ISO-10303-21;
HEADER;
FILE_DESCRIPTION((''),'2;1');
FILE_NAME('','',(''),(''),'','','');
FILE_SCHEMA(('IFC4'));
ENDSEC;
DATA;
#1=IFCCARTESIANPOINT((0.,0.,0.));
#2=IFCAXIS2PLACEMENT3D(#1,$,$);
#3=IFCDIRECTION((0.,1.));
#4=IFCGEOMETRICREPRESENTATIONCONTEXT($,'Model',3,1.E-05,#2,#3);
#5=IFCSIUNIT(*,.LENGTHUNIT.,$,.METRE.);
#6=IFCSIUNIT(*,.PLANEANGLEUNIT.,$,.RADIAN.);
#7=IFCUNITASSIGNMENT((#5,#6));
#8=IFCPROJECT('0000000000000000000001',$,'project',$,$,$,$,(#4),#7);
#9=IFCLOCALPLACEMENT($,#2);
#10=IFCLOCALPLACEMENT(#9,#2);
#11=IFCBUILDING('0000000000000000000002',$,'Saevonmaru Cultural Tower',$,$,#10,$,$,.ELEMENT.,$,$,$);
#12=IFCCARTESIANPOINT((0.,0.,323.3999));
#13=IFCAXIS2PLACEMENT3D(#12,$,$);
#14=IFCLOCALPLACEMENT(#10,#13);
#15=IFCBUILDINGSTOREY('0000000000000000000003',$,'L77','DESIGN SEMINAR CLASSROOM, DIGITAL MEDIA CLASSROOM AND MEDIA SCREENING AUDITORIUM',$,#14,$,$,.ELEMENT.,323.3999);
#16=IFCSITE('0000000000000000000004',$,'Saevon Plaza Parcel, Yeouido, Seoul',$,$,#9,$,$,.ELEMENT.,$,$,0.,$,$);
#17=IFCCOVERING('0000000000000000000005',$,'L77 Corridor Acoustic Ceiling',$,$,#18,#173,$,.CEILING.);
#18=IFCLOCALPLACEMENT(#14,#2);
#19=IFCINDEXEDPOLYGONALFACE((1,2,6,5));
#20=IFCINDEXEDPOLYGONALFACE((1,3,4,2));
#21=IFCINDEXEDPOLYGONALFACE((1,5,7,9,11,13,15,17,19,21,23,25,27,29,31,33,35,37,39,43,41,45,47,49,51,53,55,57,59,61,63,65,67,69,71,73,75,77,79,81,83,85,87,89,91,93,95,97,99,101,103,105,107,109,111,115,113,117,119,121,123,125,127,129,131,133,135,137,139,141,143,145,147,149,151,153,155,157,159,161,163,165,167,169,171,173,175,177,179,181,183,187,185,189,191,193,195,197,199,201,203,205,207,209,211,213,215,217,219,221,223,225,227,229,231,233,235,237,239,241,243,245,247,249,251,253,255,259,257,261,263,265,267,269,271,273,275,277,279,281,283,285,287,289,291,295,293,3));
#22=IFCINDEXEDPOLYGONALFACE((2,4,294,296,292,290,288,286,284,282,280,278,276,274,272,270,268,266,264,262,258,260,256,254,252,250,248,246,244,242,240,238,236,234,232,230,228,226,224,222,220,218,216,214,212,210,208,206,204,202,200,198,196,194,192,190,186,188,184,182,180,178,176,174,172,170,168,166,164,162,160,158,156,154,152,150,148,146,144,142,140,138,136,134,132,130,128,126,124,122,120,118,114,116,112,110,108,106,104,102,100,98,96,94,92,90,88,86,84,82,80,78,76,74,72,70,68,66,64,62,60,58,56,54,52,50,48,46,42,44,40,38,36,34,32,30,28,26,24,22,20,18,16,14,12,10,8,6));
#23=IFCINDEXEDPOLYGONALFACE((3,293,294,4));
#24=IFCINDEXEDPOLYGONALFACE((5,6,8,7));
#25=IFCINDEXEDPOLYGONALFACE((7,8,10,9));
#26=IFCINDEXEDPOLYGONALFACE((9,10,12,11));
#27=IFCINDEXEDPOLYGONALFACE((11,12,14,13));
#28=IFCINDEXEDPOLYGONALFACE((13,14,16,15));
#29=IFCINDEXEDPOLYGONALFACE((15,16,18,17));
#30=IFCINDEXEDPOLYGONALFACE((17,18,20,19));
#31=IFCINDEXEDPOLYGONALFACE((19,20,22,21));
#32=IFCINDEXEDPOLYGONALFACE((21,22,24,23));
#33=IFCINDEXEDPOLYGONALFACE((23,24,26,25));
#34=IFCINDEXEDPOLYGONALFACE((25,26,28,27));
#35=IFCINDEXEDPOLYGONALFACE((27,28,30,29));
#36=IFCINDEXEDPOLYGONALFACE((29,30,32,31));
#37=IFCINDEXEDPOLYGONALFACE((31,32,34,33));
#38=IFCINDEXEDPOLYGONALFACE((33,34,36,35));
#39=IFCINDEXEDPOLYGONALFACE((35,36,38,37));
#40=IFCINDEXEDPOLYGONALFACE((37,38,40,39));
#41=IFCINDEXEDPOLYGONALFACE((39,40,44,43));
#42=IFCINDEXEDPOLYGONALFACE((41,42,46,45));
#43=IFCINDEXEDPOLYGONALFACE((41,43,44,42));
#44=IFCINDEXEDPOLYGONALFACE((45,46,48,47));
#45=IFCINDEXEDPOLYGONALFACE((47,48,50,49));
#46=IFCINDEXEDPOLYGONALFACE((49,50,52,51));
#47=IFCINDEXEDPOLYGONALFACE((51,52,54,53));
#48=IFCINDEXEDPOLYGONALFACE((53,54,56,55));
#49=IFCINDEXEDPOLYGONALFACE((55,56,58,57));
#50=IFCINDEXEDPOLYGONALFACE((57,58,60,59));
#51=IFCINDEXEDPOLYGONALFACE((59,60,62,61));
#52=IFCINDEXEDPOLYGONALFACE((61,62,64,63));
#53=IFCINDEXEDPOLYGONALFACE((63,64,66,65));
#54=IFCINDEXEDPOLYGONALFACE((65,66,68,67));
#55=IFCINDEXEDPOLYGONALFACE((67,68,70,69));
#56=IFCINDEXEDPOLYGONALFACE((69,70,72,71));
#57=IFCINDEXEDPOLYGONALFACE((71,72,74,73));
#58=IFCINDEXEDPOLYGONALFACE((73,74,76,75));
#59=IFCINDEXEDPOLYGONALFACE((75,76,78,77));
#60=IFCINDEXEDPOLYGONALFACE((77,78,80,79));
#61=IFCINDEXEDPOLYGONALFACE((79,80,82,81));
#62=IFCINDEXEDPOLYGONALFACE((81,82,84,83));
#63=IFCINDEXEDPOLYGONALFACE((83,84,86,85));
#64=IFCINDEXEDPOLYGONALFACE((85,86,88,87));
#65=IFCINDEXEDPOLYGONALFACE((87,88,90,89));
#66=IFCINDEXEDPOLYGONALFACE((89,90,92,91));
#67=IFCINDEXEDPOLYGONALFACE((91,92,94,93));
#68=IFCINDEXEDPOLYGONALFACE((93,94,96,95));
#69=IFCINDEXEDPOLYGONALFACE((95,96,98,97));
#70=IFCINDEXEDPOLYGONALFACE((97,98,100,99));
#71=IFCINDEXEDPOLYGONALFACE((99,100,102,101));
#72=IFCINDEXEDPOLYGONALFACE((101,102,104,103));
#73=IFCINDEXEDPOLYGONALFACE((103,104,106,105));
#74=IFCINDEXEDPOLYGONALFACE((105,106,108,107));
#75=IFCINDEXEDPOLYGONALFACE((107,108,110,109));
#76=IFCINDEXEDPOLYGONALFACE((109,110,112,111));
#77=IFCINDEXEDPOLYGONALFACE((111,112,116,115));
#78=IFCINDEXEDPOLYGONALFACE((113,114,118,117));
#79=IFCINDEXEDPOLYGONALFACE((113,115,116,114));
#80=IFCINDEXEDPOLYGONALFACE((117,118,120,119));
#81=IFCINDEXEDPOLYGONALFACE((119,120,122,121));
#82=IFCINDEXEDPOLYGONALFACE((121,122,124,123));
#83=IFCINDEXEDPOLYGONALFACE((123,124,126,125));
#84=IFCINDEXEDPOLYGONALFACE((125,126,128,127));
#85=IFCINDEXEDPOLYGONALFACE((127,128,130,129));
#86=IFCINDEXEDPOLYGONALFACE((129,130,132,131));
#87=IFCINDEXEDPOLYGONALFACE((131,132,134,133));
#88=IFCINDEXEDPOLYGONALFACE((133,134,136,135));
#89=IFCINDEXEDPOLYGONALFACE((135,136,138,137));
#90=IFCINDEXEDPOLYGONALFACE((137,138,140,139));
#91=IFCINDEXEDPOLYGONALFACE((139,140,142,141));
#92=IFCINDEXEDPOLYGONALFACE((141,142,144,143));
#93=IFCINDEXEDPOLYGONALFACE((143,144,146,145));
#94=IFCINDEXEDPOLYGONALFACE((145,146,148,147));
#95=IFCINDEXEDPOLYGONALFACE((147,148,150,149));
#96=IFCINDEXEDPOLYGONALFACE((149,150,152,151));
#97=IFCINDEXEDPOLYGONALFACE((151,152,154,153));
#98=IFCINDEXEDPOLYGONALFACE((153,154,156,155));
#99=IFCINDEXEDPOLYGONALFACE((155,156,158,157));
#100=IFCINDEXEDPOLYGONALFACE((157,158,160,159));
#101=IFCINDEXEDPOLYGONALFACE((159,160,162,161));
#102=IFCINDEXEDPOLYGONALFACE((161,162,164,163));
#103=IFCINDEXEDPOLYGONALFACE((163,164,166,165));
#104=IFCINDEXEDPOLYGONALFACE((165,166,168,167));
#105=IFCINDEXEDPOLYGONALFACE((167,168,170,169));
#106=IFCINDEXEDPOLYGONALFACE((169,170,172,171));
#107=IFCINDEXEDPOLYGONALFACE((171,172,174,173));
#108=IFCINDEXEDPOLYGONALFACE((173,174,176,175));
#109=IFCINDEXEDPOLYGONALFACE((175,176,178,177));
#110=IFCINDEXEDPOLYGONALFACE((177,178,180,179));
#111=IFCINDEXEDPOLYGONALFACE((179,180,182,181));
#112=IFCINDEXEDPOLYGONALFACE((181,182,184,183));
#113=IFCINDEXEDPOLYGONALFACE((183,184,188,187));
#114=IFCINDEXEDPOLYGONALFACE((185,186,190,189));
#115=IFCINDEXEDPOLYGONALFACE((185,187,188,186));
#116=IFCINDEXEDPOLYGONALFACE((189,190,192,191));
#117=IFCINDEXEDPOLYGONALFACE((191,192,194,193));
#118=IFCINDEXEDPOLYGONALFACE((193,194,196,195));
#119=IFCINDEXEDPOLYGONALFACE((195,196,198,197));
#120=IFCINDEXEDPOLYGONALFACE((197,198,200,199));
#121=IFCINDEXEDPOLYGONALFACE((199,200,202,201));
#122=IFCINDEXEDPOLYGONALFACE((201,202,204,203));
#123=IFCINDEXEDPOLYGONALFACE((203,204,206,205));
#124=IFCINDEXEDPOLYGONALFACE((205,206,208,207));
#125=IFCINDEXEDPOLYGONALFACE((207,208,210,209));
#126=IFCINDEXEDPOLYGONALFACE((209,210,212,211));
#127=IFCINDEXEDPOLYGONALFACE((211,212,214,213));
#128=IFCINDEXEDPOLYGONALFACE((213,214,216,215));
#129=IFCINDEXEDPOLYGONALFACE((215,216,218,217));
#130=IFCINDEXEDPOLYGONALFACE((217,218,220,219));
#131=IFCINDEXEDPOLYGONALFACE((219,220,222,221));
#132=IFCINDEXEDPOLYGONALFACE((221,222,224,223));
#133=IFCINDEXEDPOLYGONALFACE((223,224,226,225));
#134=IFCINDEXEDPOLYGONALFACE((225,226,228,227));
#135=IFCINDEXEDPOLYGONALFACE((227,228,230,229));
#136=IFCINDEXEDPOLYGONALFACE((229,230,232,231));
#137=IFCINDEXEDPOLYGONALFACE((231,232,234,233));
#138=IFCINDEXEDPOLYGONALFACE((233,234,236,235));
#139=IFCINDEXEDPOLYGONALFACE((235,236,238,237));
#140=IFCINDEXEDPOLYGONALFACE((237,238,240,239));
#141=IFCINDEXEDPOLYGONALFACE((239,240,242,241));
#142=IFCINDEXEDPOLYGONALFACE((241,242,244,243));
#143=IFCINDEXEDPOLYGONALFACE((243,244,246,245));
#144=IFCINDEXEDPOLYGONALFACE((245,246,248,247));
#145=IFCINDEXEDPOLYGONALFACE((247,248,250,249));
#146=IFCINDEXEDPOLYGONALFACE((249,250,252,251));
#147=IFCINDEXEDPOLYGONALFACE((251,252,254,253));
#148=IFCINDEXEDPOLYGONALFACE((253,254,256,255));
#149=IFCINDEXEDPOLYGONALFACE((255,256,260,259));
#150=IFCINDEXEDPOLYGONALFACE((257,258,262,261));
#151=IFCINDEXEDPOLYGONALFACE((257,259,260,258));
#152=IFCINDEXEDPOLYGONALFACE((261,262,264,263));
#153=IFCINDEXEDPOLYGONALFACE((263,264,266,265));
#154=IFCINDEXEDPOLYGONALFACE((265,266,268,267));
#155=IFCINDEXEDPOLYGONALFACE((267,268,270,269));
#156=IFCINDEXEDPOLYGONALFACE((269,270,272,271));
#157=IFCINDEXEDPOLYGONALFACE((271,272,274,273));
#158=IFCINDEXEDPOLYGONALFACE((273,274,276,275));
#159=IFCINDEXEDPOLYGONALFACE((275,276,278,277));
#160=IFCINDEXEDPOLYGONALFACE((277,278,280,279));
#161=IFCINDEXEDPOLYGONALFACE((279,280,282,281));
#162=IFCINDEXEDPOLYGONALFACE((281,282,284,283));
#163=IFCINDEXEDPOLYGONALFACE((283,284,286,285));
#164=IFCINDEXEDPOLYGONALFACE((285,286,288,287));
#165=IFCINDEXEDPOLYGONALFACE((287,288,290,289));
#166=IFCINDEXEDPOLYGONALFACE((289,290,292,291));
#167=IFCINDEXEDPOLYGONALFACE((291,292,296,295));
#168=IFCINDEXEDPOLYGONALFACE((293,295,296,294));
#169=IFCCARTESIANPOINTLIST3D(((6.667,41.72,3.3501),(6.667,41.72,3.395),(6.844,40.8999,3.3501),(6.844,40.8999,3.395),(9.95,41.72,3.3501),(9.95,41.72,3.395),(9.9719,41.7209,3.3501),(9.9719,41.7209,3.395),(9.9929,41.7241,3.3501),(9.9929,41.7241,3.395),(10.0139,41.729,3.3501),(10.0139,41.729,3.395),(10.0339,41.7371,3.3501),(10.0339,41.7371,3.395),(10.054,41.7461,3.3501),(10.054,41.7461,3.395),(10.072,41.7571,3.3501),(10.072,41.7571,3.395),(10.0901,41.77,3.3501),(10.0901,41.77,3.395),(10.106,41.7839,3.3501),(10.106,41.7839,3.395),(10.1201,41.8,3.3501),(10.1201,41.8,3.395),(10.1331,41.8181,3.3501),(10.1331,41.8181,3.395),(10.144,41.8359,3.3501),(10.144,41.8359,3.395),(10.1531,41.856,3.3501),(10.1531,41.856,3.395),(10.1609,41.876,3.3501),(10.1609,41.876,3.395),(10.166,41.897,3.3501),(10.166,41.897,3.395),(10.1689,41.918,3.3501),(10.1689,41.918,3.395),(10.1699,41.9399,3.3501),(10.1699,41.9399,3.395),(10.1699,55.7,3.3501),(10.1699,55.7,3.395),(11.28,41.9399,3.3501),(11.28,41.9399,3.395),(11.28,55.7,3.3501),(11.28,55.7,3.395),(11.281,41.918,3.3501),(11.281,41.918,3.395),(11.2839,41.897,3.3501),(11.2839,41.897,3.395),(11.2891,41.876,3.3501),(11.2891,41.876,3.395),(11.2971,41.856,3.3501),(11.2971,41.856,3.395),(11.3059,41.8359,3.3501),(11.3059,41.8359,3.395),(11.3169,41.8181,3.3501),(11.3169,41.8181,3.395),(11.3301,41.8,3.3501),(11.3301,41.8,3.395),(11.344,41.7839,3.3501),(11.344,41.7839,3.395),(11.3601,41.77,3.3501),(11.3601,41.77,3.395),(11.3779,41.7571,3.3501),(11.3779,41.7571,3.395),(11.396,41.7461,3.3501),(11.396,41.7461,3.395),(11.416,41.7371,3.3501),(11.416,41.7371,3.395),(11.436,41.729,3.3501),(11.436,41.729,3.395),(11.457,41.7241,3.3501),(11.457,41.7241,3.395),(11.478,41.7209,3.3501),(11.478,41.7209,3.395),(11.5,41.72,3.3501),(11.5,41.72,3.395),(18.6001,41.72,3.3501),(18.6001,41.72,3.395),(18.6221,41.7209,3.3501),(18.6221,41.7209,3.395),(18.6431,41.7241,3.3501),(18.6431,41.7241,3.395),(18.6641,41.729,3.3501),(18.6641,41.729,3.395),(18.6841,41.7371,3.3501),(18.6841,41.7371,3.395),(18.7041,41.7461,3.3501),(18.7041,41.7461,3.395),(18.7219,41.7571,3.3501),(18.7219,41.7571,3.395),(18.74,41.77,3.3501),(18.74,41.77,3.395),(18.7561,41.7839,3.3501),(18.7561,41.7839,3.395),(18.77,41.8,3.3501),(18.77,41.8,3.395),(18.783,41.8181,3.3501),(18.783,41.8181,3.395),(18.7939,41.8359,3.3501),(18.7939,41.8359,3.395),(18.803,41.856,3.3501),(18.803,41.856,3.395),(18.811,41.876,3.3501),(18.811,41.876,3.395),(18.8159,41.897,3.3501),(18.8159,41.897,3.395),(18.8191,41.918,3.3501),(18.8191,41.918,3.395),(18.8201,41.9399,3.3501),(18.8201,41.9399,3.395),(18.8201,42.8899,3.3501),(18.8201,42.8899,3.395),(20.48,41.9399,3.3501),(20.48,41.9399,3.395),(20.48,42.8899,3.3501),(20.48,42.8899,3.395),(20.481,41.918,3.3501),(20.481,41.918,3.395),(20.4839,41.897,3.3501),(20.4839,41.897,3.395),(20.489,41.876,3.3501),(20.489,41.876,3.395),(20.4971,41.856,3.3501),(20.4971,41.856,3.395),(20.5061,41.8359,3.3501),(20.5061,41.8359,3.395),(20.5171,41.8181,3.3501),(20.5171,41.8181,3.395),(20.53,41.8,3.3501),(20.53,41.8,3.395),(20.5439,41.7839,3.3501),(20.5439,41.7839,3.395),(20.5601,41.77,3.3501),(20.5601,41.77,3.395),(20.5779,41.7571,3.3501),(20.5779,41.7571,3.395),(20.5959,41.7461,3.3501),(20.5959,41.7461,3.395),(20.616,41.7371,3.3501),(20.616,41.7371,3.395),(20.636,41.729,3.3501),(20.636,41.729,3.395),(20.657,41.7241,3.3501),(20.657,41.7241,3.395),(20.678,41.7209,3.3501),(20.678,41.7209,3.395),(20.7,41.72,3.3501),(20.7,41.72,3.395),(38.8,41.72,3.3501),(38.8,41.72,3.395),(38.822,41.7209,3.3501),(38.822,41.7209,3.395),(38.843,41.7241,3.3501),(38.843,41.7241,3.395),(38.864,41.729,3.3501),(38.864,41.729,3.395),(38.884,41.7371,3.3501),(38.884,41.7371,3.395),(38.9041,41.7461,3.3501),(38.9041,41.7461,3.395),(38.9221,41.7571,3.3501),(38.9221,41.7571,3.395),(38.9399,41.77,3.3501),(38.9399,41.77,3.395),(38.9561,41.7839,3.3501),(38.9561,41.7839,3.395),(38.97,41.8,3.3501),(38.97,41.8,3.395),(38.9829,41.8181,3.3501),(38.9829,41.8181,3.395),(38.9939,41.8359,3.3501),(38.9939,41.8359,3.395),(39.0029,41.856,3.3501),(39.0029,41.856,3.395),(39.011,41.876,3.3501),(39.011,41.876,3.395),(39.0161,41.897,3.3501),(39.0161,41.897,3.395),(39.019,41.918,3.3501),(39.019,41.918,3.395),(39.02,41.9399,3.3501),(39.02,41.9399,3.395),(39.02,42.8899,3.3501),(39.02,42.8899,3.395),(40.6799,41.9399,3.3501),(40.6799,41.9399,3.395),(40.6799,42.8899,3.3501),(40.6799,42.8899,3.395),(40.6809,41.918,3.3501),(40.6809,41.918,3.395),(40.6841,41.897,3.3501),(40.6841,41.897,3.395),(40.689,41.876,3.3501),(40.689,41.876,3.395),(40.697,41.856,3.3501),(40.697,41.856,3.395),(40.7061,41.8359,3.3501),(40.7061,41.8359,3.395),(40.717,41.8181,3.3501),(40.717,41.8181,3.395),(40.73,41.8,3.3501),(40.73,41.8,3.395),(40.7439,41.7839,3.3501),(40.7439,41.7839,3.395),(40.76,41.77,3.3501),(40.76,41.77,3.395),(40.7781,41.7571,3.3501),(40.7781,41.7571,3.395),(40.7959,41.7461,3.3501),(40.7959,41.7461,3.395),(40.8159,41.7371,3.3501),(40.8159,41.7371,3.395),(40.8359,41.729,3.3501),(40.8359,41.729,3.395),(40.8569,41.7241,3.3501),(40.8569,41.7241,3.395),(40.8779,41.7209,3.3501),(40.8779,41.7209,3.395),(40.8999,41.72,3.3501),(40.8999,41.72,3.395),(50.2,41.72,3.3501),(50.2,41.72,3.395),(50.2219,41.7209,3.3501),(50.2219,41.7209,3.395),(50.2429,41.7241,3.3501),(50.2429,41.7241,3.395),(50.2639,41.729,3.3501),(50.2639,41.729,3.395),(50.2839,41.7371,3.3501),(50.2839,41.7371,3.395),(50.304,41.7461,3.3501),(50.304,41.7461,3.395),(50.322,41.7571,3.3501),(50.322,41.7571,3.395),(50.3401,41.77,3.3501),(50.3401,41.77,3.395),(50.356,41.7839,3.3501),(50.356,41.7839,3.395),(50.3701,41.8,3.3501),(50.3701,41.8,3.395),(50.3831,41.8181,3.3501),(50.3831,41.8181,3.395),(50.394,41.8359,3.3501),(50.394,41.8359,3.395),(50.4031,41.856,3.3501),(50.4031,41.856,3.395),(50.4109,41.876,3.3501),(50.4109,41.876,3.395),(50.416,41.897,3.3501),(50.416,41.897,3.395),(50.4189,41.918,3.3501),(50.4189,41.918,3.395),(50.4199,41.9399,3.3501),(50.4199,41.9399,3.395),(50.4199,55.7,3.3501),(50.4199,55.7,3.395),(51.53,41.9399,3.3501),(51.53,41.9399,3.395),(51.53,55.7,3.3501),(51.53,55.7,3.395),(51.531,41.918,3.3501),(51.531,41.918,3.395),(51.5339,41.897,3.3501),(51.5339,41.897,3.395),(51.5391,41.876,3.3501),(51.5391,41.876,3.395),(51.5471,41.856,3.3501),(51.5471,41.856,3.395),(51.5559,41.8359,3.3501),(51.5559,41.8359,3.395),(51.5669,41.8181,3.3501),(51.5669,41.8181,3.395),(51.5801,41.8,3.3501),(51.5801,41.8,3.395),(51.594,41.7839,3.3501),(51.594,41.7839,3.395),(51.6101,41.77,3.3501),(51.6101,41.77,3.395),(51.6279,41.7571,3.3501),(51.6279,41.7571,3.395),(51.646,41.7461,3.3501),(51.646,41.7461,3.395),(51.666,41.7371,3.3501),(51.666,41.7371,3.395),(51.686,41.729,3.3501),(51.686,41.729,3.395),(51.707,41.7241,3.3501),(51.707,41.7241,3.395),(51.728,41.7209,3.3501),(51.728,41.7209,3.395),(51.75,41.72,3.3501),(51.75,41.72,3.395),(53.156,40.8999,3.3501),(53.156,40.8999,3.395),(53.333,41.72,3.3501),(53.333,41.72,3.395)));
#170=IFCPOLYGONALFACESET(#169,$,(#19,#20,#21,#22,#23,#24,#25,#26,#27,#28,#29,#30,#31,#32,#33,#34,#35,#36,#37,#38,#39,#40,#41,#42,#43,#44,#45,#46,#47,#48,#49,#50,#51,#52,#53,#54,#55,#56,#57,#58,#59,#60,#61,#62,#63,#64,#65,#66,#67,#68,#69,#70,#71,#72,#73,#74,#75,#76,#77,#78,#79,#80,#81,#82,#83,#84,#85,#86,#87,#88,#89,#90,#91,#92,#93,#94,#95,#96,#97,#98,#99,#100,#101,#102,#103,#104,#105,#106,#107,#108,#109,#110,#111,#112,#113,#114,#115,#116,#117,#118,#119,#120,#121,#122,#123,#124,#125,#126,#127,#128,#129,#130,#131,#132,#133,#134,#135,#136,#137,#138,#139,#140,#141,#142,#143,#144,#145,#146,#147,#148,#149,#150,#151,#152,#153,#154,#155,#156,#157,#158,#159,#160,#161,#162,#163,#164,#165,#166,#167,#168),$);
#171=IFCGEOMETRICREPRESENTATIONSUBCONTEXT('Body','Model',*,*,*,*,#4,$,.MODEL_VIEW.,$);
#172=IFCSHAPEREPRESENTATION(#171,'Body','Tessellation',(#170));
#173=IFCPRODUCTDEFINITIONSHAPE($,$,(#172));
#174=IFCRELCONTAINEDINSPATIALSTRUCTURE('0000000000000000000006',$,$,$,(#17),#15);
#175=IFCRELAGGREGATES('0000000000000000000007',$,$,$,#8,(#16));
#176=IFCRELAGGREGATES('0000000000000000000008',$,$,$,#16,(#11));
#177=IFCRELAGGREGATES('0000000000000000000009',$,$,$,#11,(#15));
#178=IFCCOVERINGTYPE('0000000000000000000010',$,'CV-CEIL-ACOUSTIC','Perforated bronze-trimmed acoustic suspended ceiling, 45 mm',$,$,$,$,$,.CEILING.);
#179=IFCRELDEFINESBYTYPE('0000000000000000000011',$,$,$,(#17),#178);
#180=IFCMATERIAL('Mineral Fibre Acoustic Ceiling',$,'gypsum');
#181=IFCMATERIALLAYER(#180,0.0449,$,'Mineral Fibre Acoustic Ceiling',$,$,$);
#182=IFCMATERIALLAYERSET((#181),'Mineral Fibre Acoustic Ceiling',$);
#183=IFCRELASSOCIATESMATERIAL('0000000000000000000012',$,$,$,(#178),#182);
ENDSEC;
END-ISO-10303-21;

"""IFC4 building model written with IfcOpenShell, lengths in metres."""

from ifc_helpers import new_model, si_unit, direction, frame, origin, place, context, subcontext, project, spatial, polyline, outline, extrude, material, layer, layer_set, type_object, element, save


model = new_model("IFC4")

# Units and contexts
model_context = context("Model", 3, precision=1e-05, world=origin(), true_north=direction((0.0, 1.0)))
body_context = subcontext(model_context, "Body", "Model", "MODEL_VIEW")
ifc_project = project(units=[si_unit("LENGTHUNIT", "METRE"), si_unit("PLANEANGLEUNIT", "RADIAN")], contexts=[model_context])

# Site, building, storey
site_placement = place(None, origin())
site = spatial("IfcSite", under=ifc_project, at=site_placement, Name="Saevon Plaza Parcel, Yeouido, Seoul", CompositionType="ELEMENT", RefElevation=0.0)
building_placement = place(site_placement, origin())
building = spatial("IfcBuilding", under=site, at=building_placement, Name="Saevonmaru Cultural Tower", CompositionType="ELEMENT")
storey_placement = place(building_placement, frame((0.0, 0.0, 323.3999)))
storey = spatial("IfcBuildingStorey", under=building, at=storey_placement, Name="L77", Description="DESIGN SEMINAR CLASSROOM, DIGITAL MEDIA CLASSROOM AND MEDIA SCREENING AUDITORIUM", CompositionType="ELEMENT", Elevation=323.3999)

# Covering
ifc_material_1 = material(Name="Mineral Fibre Acoustic Ceiling", Category="gypsum")
ifc_layer_1 = layer(ifc_material_1, 0.0449, Name="Mineral Fibre Acoustic Ceiling")
ifc_layer_set_1 = layer_set([ifc_layer_1], Name="Mineral Fibre Acoustic Ceiling")
covering_type_1 = type_object("IfcCoveringType", Name="CV-CEIL-ACOUSTIC", Description="Perforated bronze-trimmed acoustic suspended ceiling, 45 mm", PredefinedType="CEILING", material=ifc_layer_set_1)
covering_1_placement = place(storey_placement, frame((0.0, 0.0, 3.3501)))
element("IfcCovering", 1, at=covering_1_placement, inside=storey, type_object=covering_type_1, Name="L77 Corridor Acoustic Ceiling", PredefinedType="CEILING", context=body_context, shape_type="SweptSolid", body=[
    extrude(outline(polyline([(6.844, 40.8999), (6.667, 41.72), (9.95, 41.72), (9.9719, 41.7209), (9.9929, 41.7241), (10.0139, 41.729), (10.0339, 41.7371), (10.054, 41.7461), (10.072, 41.7571), (10.0901, 41.77), (10.106, 41.7839), (10.1201, 41.8), (10.1331, 41.8181), (10.144, 41.8359), (10.1531, 41.856), (10.1609, 41.876), (10.166, 41.897), (10.1689, 41.918), (10.1699, 41.9399), (10.1699, 55.7), (11.28, 55.7), (11.28, 41.9399), (11.281, 41.918), (11.2839, 41.897), (11.2891, 41.876), (11.2971, 41.856), (11.3059, 41.8359), (11.3169, 41.8181), (11.3301, 41.8), (11.344, 41.7839), (11.3601, 41.77), (11.3779, 41.7571), (11.396, 41.7461), (11.416, 41.7371), (11.436, 41.729), (11.457, 41.7241), (11.478, 41.7209), (11.5, 41.72), (18.6001, 41.72), (18.6221, 41.7209), (18.6431, 41.7241), (18.6641, 41.729), (18.6841, 41.7371), (18.7041, 41.7461), (18.7219, 41.7571), (18.74, 41.77), (18.7561, 41.7839), (18.77, 41.8), (18.783, 41.8181), (18.7939, 41.8359), (18.803, 41.856), (18.811, 41.876), (18.8159, 41.897), (18.8191, 41.918), (18.8201, 41.9399), (18.8201, 42.8899), (20.48, 42.8899), (20.48, 41.9399), (20.481, 41.918), (20.4839, 41.897), (20.489, 41.876), (20.4971, 41.856), (20.5061, 41.8359), (20.5171, 41.8181), (20.53, 41.8), (20.5439, 41.7839), (20.5601, 41.77), (20.5779, 41.7571), (20.5959, 41.7461), (20.616, 41.7371), (20.636, 41.729), (20.657, 41.7241), (20.678, 41.7209), (20.7, 41.72), (38.8, 41.72), (38.822, 41.7209), (38.843, 41.7241), (38.864, 41.729), (38.884, 41.7371), (38.9041, 41.7461), (38.9221, 41.7571), (38.9399, 41.77), (38.9561, 41.7839), (38.97, 41.8), (38.9829, 41.8181), (38.9939, 41.8359), (39.0029, 41.856), (39.011, 41.876), (39.0161, 41.897), (39.019, 41.918), (39.02, 41.9399), (39.02, 42.8899), (40.6799, 42.8899), (40.6799, 41.9399), (40.6809, 41.918), (40.6841, 41.897), (40.689, 41.876), (40.697, 41.856), (40.7061, 41.8359), (40.717, 41.8181), (40.73, 41.8), (40.7439, 41.7839), (40.76, 41.77), (40.7781, 41.7571), (40.7959, 41.7461), (40.8159, 41.7371), (40.8359, 41.729), (40.8569, 41.7241), (40.8779, 41.7209), (40.8999, 41.72), (50.2, 41.72), (50.2219, 41.7209), (50.2429, 41.7241), (50.2639, 41.729), (50.2839, 41.7371), (50.304, 41.7461), (50.322, 41.7571), (50.3401, 41.77), (50.356, 41.7839), (50.3701, 41.8), (50.3831, 41.8181), (50.394, 41.8359), (50.4031, 41.856), (50.4109, 41.876), (50.416, 41.897), (50.4189, 41.918), (50.4199, 41.9399), (50.4199, 55.7), (51.53, 55.7), (51.53, 41.9399), (51.531, 41.918), (51.5339, 41.897), (51.5391, 41.876), (51.5471, 41.856), (51.5559, 41.8359), (51.5669, 41.8181), (51.5801, 41.8), (51.594, 41.7839), (51.6101, 41.77), (51.6279, 41.7571), (51.646, 41.7461), (51.666, 41.7371), (51.686, 41.729), (51.707, 41.7241), (51.728, 41.7209), (51.75, 41.72), (53.333, 41.72), (53.156, 40.8999), (6.844, 40.8999)])), origin(), (0.0, 0.0, 1.0), 0.0449),
])

save(model, "model.ifc")
